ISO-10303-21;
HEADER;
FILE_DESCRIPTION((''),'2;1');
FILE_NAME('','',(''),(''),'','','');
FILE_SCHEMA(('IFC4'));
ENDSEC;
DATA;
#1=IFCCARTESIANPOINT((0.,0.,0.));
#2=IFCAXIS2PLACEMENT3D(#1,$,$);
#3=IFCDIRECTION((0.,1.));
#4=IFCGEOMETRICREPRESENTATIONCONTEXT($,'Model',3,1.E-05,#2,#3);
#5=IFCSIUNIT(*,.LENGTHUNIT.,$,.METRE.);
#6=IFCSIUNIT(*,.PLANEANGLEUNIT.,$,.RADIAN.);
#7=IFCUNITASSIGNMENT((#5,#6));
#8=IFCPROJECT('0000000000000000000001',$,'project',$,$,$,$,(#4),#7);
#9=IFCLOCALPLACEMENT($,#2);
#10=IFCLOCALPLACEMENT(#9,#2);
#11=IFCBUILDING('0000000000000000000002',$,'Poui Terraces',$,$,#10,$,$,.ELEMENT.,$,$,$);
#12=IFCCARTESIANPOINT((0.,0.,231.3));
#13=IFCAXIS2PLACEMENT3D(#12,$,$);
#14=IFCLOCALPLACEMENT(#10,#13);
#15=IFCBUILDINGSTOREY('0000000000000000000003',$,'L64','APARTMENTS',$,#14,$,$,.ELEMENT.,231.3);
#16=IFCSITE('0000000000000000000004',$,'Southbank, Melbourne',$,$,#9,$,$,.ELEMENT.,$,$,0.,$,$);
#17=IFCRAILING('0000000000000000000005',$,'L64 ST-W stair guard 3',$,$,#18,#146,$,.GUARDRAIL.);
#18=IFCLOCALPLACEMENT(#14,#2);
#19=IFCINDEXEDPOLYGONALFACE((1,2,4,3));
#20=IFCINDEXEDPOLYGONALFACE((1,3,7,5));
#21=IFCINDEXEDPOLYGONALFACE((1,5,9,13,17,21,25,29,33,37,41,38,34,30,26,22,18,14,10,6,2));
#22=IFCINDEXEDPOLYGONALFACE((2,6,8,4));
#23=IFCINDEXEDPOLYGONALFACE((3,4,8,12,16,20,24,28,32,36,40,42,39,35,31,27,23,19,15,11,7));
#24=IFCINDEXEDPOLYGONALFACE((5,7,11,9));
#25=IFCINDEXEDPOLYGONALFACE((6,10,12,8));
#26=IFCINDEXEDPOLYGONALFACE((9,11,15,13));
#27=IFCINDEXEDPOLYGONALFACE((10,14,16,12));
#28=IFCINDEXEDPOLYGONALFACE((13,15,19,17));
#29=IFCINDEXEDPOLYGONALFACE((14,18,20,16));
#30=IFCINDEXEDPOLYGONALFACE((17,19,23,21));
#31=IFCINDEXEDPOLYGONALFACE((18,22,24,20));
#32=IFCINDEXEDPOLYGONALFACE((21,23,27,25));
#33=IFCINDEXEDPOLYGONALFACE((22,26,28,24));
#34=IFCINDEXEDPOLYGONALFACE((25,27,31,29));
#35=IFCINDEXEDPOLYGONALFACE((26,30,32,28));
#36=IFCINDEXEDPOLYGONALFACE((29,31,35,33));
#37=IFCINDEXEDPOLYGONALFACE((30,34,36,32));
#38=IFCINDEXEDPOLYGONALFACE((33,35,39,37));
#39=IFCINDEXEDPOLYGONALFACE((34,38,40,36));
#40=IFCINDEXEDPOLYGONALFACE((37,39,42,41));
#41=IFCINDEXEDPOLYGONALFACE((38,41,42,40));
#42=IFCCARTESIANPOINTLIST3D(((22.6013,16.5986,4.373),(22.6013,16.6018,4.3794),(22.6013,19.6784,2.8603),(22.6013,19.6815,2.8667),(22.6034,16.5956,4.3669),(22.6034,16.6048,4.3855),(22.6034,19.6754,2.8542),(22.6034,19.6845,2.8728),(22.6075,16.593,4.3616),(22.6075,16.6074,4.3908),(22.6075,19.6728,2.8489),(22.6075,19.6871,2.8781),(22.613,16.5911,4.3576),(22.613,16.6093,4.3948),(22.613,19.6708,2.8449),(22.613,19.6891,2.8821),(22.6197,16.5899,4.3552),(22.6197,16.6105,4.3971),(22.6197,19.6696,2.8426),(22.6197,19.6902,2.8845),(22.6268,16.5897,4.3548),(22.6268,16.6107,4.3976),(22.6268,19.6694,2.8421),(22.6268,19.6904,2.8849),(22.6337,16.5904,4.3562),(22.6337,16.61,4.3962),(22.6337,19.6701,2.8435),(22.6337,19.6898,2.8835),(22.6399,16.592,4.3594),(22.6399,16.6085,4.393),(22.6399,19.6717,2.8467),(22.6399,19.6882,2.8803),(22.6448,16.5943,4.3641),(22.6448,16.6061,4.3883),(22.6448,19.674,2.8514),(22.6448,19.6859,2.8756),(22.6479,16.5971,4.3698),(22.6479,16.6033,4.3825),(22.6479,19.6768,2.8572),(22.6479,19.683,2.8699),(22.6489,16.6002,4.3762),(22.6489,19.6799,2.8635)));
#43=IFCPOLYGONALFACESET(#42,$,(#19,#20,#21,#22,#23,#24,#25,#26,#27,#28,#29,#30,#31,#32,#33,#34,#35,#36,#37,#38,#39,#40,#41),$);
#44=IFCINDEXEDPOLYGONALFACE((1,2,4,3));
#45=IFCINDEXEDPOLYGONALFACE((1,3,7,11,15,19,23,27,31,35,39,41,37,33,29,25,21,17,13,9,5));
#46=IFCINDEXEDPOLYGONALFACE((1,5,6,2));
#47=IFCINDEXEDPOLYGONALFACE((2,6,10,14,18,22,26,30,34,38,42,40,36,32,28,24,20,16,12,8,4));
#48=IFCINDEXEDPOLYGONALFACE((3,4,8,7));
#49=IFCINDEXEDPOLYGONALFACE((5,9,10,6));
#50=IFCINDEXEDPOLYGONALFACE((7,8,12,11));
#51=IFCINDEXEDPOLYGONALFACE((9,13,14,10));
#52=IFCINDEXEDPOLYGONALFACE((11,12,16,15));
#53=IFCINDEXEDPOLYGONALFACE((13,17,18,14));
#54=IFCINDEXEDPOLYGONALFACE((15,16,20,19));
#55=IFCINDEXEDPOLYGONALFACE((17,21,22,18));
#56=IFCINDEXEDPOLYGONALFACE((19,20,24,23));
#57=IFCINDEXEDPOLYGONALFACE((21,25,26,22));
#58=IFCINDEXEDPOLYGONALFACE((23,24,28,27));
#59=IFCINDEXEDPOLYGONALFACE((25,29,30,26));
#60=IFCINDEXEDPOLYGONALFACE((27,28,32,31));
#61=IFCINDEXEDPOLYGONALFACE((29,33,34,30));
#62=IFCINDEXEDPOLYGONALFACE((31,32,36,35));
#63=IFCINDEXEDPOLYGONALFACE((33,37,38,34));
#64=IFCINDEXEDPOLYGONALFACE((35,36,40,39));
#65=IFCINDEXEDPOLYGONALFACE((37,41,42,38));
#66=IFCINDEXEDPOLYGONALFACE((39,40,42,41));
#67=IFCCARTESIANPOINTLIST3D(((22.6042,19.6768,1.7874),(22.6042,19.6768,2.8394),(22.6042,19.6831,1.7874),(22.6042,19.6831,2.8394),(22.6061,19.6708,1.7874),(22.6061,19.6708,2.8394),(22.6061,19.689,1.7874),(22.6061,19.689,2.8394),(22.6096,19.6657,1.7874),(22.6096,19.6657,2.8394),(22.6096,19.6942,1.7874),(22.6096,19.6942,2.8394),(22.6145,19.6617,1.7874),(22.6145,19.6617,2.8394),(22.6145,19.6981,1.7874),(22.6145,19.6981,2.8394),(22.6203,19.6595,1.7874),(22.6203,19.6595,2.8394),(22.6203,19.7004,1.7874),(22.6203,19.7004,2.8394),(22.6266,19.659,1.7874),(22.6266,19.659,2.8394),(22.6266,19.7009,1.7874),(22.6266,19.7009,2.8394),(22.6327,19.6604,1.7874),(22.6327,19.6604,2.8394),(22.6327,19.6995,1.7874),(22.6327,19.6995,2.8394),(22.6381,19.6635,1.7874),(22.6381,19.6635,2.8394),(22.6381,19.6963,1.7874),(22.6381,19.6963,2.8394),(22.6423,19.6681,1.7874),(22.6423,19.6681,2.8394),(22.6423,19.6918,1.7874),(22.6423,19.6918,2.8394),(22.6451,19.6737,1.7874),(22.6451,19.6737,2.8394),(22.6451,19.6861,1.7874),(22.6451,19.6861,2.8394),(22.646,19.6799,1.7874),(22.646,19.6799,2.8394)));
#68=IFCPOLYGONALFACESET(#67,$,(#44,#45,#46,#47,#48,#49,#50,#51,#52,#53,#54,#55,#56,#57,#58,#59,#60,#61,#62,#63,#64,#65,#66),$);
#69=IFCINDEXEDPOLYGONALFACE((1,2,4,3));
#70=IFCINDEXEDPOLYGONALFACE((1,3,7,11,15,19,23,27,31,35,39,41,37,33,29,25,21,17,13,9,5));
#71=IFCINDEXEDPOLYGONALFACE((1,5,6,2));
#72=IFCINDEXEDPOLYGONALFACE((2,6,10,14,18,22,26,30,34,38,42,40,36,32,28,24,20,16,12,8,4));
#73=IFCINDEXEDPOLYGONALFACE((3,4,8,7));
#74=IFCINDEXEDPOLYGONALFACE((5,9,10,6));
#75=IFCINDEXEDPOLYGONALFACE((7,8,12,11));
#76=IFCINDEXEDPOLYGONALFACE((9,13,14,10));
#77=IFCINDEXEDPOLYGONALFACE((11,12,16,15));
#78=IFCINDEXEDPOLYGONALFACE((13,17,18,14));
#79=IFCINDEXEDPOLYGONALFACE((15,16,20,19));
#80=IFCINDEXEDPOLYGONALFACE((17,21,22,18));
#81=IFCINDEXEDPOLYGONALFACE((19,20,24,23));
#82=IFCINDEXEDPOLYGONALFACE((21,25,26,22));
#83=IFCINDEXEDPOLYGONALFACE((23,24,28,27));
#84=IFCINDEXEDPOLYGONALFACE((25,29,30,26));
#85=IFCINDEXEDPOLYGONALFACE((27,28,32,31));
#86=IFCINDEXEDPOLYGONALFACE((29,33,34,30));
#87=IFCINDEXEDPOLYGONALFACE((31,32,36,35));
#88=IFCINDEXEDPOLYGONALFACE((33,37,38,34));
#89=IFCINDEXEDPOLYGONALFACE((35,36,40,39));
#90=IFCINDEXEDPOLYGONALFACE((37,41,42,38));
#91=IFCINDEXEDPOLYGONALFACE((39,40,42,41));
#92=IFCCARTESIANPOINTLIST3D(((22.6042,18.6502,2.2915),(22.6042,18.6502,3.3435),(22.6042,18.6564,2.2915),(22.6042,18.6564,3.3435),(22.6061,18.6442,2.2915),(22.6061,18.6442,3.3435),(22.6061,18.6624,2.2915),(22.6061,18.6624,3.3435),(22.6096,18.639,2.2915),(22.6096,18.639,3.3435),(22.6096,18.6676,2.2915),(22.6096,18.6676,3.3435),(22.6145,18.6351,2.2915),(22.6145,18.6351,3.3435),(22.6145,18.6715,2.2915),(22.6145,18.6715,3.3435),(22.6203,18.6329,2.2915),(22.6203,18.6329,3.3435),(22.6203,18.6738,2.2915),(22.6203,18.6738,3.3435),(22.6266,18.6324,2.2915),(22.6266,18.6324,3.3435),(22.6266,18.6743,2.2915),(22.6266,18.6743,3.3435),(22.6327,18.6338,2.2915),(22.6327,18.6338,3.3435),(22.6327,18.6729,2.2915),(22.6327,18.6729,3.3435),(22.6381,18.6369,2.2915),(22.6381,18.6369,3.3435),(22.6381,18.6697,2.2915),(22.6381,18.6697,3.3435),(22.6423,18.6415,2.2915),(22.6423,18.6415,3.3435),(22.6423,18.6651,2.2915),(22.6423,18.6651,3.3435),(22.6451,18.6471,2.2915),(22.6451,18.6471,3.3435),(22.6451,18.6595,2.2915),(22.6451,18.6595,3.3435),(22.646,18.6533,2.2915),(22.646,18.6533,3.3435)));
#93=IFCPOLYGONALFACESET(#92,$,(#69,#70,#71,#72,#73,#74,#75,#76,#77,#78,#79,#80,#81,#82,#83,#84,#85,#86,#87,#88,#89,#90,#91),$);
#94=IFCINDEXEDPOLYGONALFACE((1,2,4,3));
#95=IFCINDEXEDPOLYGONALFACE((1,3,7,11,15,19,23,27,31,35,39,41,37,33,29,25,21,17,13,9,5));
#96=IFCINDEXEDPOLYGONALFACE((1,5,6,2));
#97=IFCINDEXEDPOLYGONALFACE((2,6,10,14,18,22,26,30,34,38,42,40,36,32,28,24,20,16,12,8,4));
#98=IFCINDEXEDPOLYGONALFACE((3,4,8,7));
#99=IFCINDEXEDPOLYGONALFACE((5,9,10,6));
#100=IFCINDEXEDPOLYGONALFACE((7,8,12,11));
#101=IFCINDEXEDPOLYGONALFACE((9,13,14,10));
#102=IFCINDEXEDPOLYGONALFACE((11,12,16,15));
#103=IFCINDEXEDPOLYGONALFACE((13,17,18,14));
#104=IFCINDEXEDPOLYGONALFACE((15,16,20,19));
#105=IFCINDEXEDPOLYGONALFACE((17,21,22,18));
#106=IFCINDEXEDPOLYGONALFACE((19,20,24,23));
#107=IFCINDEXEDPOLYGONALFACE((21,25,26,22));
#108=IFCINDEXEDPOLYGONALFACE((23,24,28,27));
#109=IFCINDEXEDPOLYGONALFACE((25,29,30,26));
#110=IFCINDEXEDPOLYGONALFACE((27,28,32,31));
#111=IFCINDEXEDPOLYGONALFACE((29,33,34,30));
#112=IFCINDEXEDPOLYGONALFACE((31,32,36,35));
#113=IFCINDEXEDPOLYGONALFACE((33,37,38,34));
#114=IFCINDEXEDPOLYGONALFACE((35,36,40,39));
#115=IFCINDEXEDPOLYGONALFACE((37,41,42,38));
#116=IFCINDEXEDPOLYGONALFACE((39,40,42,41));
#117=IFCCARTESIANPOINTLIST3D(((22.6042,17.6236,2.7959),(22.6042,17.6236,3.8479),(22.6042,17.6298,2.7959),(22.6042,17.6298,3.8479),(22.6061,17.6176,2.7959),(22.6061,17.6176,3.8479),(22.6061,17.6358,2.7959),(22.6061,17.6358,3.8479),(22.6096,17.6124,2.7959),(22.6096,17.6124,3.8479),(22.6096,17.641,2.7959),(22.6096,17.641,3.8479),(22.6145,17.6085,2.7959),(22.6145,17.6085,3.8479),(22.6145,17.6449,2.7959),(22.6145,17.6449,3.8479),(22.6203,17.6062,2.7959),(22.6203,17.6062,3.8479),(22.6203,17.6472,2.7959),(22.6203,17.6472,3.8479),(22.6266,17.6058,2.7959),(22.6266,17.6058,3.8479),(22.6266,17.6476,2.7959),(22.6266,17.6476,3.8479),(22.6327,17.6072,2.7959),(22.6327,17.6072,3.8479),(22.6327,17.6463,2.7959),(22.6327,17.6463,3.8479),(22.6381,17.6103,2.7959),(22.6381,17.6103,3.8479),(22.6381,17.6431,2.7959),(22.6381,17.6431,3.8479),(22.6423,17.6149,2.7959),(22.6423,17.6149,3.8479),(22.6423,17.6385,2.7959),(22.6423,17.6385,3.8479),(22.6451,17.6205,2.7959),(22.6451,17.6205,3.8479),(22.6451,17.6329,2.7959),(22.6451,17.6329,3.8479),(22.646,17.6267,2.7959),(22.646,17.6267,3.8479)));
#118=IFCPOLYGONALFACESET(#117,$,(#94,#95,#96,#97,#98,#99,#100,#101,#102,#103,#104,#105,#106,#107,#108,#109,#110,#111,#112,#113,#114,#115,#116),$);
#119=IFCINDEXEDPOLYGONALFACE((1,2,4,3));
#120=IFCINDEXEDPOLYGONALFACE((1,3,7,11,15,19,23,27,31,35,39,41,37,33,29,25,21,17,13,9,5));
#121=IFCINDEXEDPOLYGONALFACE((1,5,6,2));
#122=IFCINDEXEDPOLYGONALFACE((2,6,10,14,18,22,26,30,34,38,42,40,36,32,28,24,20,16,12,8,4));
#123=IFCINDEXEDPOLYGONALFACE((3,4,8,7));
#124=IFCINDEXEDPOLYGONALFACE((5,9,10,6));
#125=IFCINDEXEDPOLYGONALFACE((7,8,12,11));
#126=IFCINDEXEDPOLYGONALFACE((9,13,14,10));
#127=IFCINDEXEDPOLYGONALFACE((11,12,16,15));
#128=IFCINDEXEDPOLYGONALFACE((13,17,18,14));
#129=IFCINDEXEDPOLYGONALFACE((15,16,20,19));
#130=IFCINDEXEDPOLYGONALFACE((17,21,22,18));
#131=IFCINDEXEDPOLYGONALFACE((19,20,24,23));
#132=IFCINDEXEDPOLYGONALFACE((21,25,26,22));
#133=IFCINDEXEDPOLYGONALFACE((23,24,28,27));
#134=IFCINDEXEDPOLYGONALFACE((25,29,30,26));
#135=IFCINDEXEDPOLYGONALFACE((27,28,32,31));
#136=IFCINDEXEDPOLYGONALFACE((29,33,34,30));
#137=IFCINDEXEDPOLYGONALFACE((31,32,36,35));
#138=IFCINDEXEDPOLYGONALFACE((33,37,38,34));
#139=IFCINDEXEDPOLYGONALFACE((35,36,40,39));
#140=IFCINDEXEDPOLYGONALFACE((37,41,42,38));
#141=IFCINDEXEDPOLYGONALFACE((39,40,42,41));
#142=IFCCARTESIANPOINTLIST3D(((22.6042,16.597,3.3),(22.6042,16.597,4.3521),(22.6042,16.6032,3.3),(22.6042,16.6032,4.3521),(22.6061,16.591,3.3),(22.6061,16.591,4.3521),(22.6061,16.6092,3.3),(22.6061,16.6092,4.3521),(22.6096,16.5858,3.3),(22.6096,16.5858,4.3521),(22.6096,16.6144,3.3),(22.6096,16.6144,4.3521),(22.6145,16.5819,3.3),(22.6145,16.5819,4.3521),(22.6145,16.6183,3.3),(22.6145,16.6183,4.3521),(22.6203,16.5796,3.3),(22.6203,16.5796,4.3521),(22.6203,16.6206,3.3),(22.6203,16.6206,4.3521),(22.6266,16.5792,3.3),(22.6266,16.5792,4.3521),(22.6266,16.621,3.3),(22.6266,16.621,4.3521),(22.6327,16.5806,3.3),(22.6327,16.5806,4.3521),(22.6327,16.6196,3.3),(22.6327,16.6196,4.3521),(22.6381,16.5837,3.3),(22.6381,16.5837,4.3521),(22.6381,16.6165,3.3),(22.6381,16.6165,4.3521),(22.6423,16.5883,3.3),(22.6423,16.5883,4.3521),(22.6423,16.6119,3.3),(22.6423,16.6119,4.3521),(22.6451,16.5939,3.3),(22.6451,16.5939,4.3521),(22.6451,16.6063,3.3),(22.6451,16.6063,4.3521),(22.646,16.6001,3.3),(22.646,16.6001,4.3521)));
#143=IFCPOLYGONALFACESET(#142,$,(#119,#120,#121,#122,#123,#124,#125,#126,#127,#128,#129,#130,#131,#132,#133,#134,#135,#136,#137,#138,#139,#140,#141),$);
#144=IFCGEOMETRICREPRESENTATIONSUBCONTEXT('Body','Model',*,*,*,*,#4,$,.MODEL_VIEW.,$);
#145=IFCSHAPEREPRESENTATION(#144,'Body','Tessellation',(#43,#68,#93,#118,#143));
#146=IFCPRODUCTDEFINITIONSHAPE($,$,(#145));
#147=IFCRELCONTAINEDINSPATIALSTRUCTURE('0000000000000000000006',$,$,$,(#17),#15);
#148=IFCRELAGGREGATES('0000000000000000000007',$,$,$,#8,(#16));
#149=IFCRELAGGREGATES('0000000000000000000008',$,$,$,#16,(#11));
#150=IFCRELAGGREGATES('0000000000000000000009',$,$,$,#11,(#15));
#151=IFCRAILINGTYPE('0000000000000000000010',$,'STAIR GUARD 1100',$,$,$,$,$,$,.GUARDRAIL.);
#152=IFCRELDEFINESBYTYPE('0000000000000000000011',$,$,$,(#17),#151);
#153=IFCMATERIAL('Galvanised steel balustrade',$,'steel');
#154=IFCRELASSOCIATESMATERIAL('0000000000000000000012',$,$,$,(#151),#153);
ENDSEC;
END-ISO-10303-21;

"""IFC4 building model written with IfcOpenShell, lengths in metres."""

from ifc_helpers import new_model, si_unit, direction, frame, origin, origin_2d, place, context, subcontext, project, spatial, circle, extrude, material, type_object, element, save


model = new_model("IFC4")

# Units and contexts
model_context = context("Model", 3, precision=1e-05, world=origin(), true_north=direction((0.0, 1.0)))
body_context = subcontext(model_context, "Body", "Model", "MODEL_VIEW")
ifc_project = project(units=[si_unit("LENGTHUNIT", "METRE"), si_unit("PLANEANGLEUNIT", "RADIAN")], contexts=[model_context])

# Site, building, storey
site_placement = place(None, origin())
site = spatial("IfcSite", under=ifc_project, at=site_placement, Name="Southbank, Melbourne", CompositionType="ELEMENT", RefElevation=0.0)
building_placement = place(site_placement, origin())
building = spatial("IfcBuilding", under=site, at=building_placement, Name="Poui Terraces", CompositionType="ELEMENT")
storey_placement = place(building_placement, frame((0.0, 0.0, 231.3)))
storey = spatial("IfcBuildingStorey", under=building, at=storey_placement, Name="L64", Description="APARTMENTS", CompositionType="ELEMENT", Elevation=231.3)

# Railing
ifc_material_1 = material(Name="Galvanised steel balustrade", Category="steel")
railing_type_1 = type_object("IfcRailingType", Name="STAIR GUARD 1100", PredefinedType="GUARDRAIL", material=ifc_material_1)
railing_1_placement = place(storey_placement, frame((22.625, 19.6799, 1.7874)))
element("IfcRailing", 1, at=railing_1_placement, inside=storey, type_object=railing_type_1, Name="L64 ST-W stair guard 3", PredefinedType="GUARDRAIL", context=body_context, shape_type="SweptSolid", body=[
    extrude(circle(Radius=0.0239, at=origin_2d()), frame((0.0, 0.0, 1.0762), z_axis=(0.0, -0.897578, 0.440856), x_axis=(1.0, 0.0, 0.0)), (0.0, 0.0, 1.0), 3.4312),
    extrude(circle(Radius=0.021, at=origin_2d()), origin(), (0.0, 0.0, 1.0), 1.052),
    extrude(circle(Radius=0.021, at=origin_2d()), frame((0.0, -1.0266, 0.5042)), (0.0, 0.0, 1.0), 1.052),
    extrude(circle(Radius=0.021, at=origin_2d()), frame((0.0, -2.0532, 1.0085)), (0.0, 0.0, 1.0), 1.052),
    extrude(circle(Radius=0.021, at=origin_2d()), frame((0.0, -3.0798, 1.5127)), (0.0, 0.0, 1.0), 1.052),
])

save(model, "model.ifc")
